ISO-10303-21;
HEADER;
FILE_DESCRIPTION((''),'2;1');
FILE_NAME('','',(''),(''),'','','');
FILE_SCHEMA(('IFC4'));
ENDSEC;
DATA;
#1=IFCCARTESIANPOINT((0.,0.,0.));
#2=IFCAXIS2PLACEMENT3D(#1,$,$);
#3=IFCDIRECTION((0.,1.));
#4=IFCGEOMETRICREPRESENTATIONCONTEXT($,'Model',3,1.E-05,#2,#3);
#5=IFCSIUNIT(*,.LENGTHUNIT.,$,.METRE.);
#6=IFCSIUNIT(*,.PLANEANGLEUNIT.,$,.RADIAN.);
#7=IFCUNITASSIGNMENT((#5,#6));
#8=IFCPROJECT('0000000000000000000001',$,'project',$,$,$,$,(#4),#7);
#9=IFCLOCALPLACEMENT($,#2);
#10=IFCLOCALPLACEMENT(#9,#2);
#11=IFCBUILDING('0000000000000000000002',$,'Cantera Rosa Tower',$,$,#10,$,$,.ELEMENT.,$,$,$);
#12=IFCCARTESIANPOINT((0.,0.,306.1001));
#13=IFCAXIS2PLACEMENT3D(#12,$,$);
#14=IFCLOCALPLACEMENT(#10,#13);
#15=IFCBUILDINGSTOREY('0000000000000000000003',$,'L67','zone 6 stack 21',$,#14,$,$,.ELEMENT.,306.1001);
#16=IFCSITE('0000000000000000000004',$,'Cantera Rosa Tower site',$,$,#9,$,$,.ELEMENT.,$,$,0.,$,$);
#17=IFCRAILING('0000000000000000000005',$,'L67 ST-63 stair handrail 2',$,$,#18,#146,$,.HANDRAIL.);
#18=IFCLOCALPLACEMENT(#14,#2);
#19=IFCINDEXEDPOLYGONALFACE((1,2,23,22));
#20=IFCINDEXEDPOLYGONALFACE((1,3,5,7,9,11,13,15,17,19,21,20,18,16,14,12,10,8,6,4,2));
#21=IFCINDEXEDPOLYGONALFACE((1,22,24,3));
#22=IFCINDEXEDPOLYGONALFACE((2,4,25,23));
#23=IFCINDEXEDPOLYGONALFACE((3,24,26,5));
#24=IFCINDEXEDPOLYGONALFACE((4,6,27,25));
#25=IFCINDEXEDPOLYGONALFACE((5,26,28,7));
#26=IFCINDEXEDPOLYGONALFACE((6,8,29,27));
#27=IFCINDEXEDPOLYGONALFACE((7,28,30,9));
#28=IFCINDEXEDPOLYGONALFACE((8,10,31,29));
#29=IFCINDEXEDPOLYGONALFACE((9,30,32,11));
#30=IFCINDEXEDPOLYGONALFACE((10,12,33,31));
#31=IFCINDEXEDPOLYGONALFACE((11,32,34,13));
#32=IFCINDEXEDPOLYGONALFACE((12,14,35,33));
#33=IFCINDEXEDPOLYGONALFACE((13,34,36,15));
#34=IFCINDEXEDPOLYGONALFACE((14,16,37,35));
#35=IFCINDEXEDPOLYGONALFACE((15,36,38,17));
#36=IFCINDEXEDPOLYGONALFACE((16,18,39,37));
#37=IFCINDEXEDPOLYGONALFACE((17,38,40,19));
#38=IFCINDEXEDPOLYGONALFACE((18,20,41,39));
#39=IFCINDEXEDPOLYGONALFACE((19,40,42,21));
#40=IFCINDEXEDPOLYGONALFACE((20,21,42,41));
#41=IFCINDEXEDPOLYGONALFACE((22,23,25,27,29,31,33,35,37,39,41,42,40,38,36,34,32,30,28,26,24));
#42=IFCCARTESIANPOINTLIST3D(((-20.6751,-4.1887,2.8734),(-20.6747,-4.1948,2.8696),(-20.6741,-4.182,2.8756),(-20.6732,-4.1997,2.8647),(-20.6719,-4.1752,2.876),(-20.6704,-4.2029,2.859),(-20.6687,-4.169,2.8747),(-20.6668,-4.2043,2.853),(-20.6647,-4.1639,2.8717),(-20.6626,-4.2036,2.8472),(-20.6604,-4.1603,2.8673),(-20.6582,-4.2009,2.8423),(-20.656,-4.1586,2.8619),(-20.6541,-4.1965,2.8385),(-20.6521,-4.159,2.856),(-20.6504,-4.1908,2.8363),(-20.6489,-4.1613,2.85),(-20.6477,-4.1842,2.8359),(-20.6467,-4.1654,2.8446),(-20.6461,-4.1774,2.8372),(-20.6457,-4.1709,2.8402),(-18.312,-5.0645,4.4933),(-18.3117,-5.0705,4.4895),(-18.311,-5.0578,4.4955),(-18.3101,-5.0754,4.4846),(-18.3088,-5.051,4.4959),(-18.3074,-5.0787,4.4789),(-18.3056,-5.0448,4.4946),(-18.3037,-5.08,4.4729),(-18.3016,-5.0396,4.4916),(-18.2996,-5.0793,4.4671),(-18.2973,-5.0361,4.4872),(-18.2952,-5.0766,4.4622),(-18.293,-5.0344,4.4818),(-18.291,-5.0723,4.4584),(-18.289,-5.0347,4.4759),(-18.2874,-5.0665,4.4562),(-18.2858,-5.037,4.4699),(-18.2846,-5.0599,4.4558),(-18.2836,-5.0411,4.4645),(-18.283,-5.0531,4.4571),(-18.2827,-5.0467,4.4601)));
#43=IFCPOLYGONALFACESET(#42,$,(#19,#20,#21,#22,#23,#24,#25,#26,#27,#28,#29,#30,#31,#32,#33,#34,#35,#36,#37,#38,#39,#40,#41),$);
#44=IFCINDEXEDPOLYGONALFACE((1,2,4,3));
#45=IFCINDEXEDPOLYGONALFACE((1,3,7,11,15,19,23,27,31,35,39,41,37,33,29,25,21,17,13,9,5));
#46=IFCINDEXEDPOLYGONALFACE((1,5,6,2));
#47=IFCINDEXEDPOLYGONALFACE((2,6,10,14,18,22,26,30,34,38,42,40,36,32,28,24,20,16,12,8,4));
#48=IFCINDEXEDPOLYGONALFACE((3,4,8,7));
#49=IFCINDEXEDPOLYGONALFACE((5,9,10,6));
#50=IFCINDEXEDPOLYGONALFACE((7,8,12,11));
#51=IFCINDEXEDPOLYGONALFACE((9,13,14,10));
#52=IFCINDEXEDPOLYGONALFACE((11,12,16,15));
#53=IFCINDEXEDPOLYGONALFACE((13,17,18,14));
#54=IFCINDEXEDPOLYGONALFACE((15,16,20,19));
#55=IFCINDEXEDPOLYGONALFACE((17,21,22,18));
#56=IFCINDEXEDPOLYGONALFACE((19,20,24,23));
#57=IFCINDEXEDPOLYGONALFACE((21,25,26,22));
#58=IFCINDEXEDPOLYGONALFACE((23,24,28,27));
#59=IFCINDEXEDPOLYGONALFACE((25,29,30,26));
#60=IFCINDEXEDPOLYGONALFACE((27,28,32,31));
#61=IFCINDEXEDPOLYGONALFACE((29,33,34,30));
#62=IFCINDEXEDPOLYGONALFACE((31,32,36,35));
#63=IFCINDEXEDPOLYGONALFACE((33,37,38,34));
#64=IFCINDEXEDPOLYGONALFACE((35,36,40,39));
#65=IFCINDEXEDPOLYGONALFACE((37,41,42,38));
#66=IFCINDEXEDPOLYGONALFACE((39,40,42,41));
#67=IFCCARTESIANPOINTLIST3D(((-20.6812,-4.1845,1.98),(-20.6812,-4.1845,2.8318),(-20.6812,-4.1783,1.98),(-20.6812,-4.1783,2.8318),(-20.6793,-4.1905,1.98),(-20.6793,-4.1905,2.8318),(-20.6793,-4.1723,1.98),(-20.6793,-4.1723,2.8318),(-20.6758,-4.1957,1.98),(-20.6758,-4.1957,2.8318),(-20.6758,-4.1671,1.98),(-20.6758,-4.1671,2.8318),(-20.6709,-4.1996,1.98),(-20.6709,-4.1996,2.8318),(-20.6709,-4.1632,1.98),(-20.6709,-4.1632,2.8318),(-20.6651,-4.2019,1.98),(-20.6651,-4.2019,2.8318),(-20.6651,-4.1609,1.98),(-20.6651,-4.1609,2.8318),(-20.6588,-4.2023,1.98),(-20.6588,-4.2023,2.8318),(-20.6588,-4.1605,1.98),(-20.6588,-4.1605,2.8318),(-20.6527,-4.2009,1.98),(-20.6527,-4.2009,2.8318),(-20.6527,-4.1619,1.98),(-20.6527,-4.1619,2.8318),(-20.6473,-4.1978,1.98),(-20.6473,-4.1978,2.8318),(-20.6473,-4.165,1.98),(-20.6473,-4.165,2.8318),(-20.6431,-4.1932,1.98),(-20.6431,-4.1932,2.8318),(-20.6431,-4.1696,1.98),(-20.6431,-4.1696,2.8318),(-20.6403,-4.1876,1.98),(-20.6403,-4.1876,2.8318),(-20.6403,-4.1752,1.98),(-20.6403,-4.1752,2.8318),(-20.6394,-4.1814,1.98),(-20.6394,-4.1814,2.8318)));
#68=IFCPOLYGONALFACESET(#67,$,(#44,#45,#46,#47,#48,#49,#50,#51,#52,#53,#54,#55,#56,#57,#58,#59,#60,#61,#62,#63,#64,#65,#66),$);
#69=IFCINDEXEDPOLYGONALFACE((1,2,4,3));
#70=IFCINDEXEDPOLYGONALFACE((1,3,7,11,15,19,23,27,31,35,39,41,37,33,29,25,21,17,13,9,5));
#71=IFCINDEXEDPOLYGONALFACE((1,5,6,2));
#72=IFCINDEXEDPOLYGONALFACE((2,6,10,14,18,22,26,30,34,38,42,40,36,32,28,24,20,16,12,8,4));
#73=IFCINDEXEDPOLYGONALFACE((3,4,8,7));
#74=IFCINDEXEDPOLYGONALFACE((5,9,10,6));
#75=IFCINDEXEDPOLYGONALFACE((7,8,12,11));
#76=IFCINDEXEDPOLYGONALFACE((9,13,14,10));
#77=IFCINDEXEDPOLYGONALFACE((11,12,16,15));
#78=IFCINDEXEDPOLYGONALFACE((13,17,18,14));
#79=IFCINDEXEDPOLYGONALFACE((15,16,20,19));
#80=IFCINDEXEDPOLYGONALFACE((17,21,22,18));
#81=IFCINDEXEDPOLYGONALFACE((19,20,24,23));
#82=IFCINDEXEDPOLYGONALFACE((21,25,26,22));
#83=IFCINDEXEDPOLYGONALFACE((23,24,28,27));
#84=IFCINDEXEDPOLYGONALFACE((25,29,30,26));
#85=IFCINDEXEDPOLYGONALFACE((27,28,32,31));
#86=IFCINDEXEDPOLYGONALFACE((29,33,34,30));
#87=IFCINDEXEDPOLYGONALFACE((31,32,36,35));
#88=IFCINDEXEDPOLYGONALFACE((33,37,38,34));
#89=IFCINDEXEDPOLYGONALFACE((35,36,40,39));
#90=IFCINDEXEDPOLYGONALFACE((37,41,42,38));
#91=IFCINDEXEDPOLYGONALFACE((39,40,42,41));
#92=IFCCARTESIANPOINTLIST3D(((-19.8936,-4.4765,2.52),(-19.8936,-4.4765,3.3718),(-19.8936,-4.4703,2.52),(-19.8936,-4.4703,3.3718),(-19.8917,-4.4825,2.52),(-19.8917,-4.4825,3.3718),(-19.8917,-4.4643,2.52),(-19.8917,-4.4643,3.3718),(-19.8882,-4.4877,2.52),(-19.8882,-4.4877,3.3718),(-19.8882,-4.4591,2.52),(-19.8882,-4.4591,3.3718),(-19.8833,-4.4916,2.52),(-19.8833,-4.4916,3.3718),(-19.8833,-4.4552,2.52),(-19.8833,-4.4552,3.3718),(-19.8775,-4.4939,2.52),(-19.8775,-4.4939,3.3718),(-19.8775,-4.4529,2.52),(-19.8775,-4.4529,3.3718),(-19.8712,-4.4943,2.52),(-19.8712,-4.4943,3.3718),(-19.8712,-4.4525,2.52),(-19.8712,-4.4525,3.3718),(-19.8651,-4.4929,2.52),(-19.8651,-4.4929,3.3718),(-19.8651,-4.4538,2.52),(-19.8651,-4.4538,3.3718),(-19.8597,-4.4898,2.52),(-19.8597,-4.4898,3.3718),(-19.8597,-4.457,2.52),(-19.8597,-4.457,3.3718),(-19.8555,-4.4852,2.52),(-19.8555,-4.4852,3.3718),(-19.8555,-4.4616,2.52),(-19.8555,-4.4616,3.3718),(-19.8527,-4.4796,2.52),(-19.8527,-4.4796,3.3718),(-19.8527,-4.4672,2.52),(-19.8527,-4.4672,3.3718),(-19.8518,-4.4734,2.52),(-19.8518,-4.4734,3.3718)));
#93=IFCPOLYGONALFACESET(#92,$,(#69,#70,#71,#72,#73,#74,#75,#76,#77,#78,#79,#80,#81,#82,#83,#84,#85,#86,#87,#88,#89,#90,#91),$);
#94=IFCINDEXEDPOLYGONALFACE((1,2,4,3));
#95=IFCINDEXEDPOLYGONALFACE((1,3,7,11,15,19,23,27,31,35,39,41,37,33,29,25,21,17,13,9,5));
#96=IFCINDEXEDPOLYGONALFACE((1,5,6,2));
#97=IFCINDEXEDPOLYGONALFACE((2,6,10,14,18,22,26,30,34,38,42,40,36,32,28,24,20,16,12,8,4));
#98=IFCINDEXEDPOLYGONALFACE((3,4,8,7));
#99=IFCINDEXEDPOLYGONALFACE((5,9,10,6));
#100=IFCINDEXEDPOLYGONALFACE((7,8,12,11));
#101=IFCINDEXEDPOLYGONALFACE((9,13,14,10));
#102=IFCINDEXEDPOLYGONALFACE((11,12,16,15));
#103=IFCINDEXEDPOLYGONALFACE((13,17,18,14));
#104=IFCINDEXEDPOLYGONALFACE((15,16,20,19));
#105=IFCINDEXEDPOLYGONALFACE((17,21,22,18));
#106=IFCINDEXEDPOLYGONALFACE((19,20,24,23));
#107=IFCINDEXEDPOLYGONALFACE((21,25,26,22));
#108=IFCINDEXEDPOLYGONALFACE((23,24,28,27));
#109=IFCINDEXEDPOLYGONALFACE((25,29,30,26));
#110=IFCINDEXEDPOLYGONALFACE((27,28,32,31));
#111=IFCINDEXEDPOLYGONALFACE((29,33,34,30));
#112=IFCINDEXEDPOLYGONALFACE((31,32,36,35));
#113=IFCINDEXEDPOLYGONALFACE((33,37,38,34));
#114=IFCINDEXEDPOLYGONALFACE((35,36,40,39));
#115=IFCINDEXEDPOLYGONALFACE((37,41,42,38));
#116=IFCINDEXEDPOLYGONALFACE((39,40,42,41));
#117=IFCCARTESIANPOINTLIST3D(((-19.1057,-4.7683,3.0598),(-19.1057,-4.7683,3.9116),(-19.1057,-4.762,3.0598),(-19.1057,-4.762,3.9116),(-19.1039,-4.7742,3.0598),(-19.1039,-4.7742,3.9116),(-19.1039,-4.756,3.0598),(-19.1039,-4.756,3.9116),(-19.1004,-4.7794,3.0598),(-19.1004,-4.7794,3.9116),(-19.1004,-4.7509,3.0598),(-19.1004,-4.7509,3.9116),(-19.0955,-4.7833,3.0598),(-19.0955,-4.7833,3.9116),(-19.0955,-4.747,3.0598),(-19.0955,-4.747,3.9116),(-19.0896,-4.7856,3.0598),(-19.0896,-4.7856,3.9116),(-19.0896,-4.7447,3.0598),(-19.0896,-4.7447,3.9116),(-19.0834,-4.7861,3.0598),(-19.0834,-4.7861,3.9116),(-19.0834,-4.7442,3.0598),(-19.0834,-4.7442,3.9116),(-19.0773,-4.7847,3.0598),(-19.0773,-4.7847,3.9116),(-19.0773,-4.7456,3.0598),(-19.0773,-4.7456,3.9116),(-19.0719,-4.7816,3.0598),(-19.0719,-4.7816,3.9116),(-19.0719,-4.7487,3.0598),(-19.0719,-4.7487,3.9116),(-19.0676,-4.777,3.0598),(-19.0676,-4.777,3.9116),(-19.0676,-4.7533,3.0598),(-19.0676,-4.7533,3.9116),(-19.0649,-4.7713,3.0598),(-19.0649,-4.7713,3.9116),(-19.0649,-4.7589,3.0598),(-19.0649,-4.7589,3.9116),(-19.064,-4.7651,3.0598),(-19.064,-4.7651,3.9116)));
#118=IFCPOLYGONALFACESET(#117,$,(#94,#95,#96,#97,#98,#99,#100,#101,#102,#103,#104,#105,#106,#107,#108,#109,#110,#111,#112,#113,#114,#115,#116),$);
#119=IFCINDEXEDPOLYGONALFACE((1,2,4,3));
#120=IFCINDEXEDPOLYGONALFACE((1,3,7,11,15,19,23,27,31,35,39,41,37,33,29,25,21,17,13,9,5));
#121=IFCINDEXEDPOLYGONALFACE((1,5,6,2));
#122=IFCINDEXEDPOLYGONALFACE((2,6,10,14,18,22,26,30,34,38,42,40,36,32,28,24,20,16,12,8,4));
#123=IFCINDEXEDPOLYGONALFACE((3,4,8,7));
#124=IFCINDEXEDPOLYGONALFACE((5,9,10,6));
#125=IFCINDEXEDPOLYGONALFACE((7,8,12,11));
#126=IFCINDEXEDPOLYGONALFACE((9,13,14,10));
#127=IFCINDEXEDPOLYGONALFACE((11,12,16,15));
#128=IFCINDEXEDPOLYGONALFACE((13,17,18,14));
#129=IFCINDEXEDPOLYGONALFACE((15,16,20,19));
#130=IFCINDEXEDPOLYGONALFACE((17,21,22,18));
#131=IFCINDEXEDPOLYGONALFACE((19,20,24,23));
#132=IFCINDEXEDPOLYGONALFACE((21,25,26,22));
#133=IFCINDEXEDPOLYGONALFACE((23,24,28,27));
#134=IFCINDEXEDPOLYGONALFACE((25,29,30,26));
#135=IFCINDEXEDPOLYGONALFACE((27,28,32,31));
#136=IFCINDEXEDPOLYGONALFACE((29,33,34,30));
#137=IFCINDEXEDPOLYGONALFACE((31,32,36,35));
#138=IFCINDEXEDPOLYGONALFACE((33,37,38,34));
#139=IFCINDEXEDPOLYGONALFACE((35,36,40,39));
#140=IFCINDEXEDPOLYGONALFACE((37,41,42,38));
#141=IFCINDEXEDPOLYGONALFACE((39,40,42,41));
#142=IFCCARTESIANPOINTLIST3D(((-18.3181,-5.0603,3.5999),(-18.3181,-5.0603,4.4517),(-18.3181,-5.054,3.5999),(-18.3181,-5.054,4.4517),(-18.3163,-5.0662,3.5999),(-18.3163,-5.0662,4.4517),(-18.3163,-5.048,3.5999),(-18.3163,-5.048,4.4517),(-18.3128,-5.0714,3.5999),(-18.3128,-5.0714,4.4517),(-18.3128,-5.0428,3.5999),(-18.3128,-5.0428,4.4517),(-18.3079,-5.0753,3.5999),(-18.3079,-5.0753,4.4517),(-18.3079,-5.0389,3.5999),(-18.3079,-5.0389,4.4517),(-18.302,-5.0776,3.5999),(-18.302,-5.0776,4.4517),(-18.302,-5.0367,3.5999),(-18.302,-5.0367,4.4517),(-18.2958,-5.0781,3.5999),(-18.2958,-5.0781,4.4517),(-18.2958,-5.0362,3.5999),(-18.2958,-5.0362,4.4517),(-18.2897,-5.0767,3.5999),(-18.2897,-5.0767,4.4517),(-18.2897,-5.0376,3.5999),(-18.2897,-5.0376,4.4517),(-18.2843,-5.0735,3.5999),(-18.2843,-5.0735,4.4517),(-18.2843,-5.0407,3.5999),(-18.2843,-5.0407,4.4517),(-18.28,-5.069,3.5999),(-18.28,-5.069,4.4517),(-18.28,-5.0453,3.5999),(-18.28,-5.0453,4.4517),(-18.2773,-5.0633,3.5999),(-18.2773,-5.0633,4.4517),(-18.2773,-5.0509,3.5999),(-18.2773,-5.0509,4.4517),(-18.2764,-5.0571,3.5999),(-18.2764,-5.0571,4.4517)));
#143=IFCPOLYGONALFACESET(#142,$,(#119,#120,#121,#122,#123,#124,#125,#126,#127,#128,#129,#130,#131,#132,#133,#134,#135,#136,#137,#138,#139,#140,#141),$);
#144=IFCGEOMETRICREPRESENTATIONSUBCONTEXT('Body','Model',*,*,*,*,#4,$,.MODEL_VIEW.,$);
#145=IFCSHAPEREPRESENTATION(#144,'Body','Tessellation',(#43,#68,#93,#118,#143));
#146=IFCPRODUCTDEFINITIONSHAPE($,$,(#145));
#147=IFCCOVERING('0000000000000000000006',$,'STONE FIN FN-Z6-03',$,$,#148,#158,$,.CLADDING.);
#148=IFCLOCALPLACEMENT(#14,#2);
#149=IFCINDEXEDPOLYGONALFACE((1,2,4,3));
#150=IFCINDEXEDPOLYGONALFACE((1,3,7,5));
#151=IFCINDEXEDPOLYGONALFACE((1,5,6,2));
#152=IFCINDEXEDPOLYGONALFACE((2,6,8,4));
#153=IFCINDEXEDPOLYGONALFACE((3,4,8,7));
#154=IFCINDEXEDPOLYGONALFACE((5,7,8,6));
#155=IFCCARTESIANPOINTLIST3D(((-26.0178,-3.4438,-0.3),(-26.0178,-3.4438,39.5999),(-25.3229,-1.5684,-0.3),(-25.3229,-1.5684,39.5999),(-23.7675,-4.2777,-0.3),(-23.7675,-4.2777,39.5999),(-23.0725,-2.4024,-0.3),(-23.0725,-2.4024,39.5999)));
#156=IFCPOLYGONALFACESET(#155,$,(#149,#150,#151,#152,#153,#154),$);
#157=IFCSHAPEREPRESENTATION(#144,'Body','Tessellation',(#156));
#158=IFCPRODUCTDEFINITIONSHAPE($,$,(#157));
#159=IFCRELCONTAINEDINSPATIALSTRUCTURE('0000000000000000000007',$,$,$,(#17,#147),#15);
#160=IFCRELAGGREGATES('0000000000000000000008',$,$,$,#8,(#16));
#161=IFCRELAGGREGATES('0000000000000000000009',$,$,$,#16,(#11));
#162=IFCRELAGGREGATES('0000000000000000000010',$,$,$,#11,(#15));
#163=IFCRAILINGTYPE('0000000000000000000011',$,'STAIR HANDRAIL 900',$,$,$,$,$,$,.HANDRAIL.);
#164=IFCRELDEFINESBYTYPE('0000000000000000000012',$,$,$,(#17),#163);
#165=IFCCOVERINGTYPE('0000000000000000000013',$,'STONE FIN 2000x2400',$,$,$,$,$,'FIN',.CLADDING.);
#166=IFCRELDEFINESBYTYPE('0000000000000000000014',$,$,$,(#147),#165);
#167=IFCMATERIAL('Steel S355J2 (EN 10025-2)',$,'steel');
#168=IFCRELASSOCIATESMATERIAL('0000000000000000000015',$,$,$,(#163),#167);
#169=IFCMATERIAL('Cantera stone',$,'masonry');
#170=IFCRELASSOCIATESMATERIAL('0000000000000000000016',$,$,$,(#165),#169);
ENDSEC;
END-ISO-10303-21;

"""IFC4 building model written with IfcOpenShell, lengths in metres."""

from ifc_helpers import new_model, si_unit, direction, frame, origin, origin_2d, place, context, subcontext, project, spatial, rectangle, circle, extrude, material, type_object, element, save


model = new_model("IFC4")

# Units and contexts
model_context = context("Model", 3, precision=1e-05, world=origin(), true_north=direction((0.0, 1.0)))
body_context = subcontext(model_context, "Body", "Model", "MODEL_VIEW")
ifc_project = project(units=[si_unit("LENGTHUNIT", "METRE"), si_unit("PLANEANGLEUNIT", "RADIAN")], contexts=[model_context])

# Site, building, storey
site_placement = place(None, origin())
site = spatial("IfcSite", under=ifc_project, at=site_placement, Name="Cantera Rosa Tower site", CompositionType="ELEMENT", RefElevation=0.0)
building_placement = place(site_placement, origin())
building = spatial("IfcBuilding", under=site, at=building_placement, Name="Cantera Rosa Tower", CompositionType="ELEMENT")
storey_placement = place(building_placement, frame((0.0, 0.0, 306.1001)))
storey = spatial("IfcBuildingStorey", under=building, at=storey_placement, Name="L67", Description="zone 6 stack 21", CompositionType="ELEMENT", Elevation=306.1001)

# Railing
ifc_material_1 = material(Name="Steel S355J2 (EN 10025-2)", Category="steel")
railing_type_1 = type_object("IfcRailingType", Name="STAIR HANDRAIL 900", PredefinedType="HANDRAIL", material=ifc_material_1)
railing_1_placement = place(storey_placement, frame((-20.6604, -4.1814, 1.98)))
element("IfcRailing", 1, at=railing_1_placement, inside=storey, type_object=railing_type_1, Name="L67 ST-63 stair handrail 2", PredefinedType="HANDRAIL", context=body_context, shape_type="SweptSolid", body=[
    extrude(circle(Radius=0.0239, at=origin_2d()), frame((0.0, 0.0, 0.876), z_axis=(0.788782, -0.29232, 0.540714), x_axis=(0.347501, 0.93768, 0.0)), (0.0, 0.0, 1.0), 2.9958),
    extrude(circle(Radius=0.021, at=origin_2d()), origin(), (0.0, 0.0, 1.0), 0.8518),
    extrude(circle(Radius=0.021, at=origin_2d()), frame((0.7876, -0.292, 0.54)), (0.0, 0.0, 1.0), 0.8518),
    extrude(circle(Radius=0.021, at=origin_2d()), frame((1.5754, -0.5837, 1.0798)), (0.0, 0.0, 1.0), 0.8518),
    extrude(circle(Radius=0.021, at=origin_2d()), frame((2.363, -0.8757, 1.6199)), (0.0, 0.0, 1.0), 0.8518),
])

# Covering
ifc_material_2 = material(Name="Cantera stone", Category="masonry")
covering_type = type_object("IfcCoveringType", Name="STONE FIN 2000x2400", ElementType="FIN", PredefinedType="CLADDING", material=ifc_material_2)
covering_placement = place(storey_placement, frame((-24.5452, -2.9231, -0.3), z_axis=(0.0, 0.0, 1.0), x_axis=(-0.347481, -0.937687, 0.0)))
element("IfcCovering", 2, at=covering_placement, inside=storey, type_object=covering_type, Name="STONE FIN FN-Z6-03", PredefinedType="CLADDING", context=body_context, shape_type="SweptSolid", body=[
    extrude(rectangle(XDim=2.0, YDim=2.3999, at=origin_2d()), origin(), (0.0, 0.0, 1.0), 39.8999),
])

save(model, "model.ifc")
